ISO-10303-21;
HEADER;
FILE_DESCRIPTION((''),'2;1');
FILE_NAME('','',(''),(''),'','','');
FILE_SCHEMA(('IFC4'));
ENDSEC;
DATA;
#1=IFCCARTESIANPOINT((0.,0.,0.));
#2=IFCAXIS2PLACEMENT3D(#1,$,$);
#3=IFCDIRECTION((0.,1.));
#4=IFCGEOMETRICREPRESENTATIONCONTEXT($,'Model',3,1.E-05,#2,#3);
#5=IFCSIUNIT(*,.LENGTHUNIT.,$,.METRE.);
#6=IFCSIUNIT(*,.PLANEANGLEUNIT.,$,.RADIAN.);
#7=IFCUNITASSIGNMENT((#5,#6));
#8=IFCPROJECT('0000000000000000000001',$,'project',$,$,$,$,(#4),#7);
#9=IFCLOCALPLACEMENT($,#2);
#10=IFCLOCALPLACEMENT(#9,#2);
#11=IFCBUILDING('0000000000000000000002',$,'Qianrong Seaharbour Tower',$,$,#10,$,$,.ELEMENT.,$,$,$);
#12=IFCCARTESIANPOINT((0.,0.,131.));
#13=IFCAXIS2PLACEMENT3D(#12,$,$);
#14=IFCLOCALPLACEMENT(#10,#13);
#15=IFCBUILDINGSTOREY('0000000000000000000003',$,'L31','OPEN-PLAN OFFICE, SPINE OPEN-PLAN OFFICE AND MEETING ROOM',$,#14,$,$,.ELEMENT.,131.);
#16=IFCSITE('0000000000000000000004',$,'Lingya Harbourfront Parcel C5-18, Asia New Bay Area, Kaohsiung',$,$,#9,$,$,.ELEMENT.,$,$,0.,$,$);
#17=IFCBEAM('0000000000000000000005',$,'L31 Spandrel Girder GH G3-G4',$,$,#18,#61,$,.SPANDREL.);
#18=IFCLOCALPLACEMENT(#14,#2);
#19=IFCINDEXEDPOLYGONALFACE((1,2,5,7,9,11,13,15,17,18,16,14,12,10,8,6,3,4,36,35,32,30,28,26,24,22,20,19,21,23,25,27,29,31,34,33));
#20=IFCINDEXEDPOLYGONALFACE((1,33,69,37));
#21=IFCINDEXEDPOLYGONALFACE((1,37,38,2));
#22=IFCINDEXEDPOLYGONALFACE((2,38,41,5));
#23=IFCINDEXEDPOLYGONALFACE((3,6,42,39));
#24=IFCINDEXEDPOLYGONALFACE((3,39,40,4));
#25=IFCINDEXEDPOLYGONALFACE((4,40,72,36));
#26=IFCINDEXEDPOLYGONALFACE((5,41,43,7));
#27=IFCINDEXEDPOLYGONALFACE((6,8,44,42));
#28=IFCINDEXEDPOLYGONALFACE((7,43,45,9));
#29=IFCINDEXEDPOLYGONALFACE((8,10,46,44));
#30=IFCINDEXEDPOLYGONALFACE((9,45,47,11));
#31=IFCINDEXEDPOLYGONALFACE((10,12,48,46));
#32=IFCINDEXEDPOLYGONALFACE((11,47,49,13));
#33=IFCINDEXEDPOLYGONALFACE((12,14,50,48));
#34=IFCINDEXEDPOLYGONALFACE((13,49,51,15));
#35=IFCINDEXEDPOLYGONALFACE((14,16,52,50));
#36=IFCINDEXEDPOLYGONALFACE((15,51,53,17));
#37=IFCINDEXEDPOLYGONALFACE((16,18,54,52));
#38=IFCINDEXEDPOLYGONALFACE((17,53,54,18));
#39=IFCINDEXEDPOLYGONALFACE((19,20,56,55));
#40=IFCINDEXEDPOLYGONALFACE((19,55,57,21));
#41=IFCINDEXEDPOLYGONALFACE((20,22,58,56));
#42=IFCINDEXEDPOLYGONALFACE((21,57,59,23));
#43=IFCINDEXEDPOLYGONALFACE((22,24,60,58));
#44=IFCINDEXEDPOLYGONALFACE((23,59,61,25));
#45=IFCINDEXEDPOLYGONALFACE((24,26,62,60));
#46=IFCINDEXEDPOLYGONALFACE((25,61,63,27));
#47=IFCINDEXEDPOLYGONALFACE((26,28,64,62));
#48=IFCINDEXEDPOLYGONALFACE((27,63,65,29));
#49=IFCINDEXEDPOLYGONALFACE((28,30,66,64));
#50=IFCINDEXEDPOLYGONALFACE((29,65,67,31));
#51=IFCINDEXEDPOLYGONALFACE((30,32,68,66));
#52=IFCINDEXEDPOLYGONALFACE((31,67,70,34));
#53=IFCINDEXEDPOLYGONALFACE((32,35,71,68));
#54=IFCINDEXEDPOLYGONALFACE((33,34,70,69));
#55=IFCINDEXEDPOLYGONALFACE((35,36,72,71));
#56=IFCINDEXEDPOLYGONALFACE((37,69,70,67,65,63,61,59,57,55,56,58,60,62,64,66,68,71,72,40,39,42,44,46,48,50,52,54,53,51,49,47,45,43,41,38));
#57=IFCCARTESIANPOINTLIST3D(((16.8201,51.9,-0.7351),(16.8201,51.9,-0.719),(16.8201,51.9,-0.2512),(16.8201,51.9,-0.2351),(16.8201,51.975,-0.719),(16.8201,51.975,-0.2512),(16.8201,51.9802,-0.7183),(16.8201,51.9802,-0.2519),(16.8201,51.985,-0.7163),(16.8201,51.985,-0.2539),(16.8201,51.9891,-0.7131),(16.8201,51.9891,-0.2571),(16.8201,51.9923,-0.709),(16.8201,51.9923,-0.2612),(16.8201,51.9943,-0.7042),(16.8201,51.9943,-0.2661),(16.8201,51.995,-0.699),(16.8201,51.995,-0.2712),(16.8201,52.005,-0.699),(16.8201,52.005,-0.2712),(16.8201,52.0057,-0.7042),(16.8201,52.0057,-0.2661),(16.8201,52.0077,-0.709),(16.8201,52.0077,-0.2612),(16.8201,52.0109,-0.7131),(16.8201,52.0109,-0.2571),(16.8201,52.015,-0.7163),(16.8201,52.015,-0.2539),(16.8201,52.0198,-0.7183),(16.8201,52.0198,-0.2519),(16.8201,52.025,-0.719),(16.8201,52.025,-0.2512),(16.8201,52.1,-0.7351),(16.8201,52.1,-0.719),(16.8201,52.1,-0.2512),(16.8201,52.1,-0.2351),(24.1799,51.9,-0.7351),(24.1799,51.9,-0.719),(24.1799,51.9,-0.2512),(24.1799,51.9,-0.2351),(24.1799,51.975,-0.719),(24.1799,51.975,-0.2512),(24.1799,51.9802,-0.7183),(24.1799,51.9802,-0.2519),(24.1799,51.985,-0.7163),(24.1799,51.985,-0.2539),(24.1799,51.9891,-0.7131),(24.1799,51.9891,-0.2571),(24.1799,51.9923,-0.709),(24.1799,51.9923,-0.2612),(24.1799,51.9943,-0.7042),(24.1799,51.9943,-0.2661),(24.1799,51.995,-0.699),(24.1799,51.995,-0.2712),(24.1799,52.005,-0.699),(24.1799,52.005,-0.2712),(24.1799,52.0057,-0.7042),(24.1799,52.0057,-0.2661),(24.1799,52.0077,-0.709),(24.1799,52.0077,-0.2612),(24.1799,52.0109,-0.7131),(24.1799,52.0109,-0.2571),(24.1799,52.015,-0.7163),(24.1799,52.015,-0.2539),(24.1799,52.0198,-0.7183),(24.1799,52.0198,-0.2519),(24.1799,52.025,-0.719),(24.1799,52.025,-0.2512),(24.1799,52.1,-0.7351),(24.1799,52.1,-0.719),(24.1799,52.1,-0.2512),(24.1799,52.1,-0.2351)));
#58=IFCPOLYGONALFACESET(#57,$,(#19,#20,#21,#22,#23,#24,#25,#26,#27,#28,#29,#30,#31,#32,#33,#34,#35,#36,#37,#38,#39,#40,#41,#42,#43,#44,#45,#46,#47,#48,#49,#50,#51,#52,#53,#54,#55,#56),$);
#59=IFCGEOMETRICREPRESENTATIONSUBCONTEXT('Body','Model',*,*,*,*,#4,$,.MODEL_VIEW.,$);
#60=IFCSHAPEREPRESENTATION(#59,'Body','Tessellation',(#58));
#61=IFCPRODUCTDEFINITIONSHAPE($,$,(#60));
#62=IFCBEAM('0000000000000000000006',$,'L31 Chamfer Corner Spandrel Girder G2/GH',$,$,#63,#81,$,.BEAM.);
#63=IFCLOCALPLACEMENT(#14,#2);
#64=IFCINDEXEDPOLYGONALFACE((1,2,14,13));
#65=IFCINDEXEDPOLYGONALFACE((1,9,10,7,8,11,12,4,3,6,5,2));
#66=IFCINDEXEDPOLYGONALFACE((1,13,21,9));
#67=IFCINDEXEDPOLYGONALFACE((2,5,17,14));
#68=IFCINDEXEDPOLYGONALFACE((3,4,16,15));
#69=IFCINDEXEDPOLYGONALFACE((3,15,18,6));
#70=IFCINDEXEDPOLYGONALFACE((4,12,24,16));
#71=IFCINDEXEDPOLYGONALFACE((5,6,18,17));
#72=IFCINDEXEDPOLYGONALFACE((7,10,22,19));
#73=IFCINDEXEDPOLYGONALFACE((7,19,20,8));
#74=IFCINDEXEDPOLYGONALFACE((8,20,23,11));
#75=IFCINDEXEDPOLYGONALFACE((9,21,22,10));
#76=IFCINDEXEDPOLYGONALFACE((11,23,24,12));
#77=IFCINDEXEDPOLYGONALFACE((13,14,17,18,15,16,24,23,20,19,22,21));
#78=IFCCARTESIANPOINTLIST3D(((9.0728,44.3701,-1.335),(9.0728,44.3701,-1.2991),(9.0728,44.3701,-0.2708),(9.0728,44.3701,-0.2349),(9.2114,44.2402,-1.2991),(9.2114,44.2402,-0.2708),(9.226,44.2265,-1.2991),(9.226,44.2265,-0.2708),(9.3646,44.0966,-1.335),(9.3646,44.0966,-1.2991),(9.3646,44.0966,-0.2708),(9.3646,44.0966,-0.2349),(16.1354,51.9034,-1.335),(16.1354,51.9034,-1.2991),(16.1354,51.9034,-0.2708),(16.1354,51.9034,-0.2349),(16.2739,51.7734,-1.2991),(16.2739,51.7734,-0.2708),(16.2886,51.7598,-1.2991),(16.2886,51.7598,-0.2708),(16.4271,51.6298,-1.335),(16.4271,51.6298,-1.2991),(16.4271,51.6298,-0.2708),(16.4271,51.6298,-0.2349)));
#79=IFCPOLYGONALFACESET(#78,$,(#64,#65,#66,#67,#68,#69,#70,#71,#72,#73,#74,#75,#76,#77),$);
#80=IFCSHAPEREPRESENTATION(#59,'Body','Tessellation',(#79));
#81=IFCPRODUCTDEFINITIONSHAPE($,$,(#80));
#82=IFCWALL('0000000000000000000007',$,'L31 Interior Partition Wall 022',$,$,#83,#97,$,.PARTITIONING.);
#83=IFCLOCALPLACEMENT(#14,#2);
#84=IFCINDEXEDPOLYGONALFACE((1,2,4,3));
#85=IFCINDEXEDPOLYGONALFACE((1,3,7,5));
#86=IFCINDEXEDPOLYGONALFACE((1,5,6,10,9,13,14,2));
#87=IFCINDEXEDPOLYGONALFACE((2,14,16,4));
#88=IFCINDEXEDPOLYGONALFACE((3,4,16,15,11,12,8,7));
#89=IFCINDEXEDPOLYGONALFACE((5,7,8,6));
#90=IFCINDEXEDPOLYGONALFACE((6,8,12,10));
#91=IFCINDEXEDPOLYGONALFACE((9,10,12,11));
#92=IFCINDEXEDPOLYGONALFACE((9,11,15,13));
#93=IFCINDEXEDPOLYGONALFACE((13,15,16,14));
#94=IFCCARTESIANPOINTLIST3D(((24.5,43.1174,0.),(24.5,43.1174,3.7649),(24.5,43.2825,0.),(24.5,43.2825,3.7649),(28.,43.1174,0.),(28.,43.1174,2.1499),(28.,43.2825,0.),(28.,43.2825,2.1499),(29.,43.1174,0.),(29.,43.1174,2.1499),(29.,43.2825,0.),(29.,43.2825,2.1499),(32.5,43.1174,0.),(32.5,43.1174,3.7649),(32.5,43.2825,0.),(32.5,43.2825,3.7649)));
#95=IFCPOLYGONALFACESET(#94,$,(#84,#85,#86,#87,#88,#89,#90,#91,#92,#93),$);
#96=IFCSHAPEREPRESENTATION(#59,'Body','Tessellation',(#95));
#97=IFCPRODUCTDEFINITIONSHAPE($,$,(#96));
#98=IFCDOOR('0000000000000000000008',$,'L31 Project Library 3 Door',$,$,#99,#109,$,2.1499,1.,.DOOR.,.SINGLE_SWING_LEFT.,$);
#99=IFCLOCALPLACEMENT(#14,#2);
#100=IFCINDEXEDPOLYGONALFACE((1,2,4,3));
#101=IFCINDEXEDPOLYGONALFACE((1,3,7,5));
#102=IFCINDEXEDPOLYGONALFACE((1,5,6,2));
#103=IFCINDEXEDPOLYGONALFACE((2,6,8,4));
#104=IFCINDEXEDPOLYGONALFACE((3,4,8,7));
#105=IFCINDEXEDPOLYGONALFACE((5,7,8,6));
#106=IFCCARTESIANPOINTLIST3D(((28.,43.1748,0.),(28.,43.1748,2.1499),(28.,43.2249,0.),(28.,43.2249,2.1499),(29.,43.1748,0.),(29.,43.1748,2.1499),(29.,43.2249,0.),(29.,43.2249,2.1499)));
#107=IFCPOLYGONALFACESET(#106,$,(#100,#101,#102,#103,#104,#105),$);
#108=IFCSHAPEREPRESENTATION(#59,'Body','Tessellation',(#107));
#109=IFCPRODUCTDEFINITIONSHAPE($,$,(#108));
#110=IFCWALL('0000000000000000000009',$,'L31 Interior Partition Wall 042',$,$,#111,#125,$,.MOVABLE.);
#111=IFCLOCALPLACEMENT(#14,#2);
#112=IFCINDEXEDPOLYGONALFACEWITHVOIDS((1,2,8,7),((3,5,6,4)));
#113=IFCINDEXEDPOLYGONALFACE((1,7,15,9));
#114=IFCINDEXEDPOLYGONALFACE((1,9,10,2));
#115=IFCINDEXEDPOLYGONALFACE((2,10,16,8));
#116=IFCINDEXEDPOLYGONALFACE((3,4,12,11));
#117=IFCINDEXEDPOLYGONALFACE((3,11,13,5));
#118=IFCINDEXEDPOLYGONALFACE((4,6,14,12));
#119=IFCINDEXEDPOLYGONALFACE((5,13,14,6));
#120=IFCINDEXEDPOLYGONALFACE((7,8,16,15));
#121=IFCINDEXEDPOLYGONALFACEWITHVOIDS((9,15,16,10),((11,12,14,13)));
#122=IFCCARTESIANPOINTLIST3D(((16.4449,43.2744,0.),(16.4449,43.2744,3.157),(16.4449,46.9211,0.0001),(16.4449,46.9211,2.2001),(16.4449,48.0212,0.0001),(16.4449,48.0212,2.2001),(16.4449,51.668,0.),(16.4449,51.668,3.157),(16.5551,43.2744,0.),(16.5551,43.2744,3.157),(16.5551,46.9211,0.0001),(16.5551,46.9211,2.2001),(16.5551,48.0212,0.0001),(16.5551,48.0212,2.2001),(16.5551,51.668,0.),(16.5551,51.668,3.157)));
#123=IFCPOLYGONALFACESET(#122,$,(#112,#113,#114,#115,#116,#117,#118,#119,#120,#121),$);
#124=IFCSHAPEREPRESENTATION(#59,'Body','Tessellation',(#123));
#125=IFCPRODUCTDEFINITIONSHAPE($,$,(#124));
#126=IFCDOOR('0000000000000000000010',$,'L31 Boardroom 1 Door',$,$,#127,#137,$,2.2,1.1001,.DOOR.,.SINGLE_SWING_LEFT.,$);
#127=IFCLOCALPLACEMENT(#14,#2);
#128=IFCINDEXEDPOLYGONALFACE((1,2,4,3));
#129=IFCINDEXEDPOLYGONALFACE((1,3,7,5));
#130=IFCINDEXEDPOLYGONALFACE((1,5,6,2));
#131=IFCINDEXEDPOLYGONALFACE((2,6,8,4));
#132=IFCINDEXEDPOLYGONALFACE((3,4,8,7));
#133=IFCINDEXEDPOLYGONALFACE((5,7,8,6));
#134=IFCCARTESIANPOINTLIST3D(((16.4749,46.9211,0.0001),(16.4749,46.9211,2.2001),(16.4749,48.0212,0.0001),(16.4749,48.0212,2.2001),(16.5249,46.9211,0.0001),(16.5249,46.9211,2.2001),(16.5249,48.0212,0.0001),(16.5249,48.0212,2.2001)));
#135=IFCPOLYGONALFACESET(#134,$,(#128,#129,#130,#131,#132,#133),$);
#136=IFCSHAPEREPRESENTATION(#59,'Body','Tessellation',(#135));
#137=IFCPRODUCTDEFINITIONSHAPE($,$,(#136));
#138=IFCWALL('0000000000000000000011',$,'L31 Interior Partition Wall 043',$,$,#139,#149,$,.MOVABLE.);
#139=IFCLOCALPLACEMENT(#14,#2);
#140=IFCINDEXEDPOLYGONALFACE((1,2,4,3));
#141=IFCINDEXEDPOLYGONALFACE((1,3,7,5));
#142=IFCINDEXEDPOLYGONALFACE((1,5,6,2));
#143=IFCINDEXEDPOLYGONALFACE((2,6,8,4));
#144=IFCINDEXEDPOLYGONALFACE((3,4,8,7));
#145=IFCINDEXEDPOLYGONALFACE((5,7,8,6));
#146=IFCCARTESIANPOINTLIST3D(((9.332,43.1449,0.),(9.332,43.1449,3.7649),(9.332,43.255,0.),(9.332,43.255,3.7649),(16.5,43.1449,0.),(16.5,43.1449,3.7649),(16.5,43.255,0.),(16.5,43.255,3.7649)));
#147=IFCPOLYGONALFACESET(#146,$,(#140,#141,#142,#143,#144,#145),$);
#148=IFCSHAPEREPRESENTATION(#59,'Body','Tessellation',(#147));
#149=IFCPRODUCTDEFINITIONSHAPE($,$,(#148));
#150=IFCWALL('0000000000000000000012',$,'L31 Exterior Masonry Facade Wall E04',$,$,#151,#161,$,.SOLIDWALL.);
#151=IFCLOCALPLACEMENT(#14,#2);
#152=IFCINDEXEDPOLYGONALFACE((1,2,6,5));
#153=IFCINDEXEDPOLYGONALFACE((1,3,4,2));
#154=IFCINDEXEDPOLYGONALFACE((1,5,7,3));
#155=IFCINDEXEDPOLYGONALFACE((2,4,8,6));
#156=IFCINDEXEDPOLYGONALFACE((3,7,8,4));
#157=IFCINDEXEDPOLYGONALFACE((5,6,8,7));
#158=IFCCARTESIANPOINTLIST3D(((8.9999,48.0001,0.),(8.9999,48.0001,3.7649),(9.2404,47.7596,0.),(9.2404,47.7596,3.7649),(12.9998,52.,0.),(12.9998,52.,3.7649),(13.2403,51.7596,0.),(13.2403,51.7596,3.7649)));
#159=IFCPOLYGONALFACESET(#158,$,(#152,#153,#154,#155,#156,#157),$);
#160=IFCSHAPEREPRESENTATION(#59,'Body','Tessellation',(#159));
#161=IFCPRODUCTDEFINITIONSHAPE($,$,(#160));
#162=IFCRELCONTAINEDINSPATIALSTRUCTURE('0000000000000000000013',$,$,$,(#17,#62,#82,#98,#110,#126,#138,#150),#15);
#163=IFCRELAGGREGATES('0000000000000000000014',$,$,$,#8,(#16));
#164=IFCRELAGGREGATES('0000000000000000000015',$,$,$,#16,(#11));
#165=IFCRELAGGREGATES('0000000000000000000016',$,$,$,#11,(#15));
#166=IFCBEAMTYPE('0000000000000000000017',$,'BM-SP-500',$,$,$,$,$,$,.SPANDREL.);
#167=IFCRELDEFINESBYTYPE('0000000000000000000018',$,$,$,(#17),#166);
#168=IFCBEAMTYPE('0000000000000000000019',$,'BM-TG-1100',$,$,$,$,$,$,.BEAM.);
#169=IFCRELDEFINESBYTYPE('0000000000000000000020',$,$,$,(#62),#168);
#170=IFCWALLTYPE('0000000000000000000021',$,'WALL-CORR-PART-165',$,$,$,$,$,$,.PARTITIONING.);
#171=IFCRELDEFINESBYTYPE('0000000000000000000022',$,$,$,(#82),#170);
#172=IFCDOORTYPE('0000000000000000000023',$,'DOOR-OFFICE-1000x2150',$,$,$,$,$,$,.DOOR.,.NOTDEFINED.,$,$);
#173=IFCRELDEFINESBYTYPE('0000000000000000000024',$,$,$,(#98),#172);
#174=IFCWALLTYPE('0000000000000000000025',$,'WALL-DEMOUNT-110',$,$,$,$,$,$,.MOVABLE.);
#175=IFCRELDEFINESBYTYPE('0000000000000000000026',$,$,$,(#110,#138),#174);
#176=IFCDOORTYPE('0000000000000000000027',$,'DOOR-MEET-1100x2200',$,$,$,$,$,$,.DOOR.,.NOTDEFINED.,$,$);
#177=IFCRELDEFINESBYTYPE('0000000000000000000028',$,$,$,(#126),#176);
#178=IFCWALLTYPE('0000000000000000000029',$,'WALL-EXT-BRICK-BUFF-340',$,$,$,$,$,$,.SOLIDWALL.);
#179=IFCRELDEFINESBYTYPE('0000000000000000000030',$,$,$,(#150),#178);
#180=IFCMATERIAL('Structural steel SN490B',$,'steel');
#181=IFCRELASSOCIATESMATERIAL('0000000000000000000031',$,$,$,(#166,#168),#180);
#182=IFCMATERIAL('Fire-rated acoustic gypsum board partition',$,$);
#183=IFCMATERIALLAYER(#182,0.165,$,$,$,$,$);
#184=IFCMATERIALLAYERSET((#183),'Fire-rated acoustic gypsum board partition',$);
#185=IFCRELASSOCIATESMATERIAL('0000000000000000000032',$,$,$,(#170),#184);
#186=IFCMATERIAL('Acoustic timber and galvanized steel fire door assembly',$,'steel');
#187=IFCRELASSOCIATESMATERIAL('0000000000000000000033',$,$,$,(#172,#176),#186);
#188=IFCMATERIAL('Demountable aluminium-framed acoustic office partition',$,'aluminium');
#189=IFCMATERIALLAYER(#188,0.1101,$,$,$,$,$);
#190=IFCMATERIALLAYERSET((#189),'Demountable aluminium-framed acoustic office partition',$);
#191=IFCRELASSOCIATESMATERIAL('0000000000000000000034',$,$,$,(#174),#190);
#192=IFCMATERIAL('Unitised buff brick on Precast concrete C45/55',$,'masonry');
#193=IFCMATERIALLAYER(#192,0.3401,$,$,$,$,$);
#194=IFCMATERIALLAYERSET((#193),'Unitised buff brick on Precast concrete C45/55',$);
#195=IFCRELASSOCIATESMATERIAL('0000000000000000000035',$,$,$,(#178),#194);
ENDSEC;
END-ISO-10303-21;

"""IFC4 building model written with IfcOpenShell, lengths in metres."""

from ifc_helpers import new_model, si_unit, direction, frame, frame_2d, origin, origin_2d, place, context, subcontext, project, spatial, rectangle, i_section, extrude, material, layer, layer_set, material_profile, profile_set, type_object, element, fill, save


model = new_model("IFC4")

# Units and contexts
model_context = context("Model", 3, precision=1e-05, world=origin(), true_north=direction((0.0, 1.0)))
body_context = subcontext(model_context, "Body", "Model", "MODEL_VIEW")
ifc_project = project(units=[si_unit("LENGTHUNIT", "METRE"), si_unit("PLANEANGLEUNIT", "RADIAN")], contexts=[model_context])

# Site, building, storey
site_placement = place(None, origin())
site = spatial("IfcSite", under=ifc_project, at=site_placement, Name="Lingya Harbourfront Parcel C5-18, Asia New Bay Area, Kaohsiung", CompositionType="ELEMENT", RefElevation=0.0)
building_placement = place(site_placement, origin())
building = spatial("IfcBuilding", under=site, at=building_placement, Name="Qianrong Seaharbour Tower", CompositionType="ELEMENT")
storey_placement = place(building_placement, frame((0.0, 0.0, 131.0)))
storey = spatial("IfcBuildingStorey", under=building, at=storey_placement, Name="L31", Description="OPEN-PLAN OFFICE, SPINE OPEN-PLAN OFFICE AND MEETING ROOM", CompositionType="ELEMENT", Elevation=131.0)

# Shared definitions
ifc_material_1 = material(Name="Structural steel SN490B", Category="steel")

# Beams
ifc_material_profile_1 = material_profile(ifc_material_1, i_section(OverallWidth=0.2, OverallDepth=0.5, WebThickness=0.01, FlangeThickness=0.0161, FilletRadius=0.02, at=origin_2d()), Name="H500x200x10x16")
ifc_profile_set_1 = profile_set([ifc_material_profile_1], Name="Structural steel SN490B")
beam_type_1 = type_object("IfcBeamType", Name="BM-SP-500", PredefinedType="SPANDREL", material=ifc_profile_set_1)
beam_1_placement = place(storey_placement, frame((16.8201, 52.0, -0.4851), z_axis=(1.0, 0.0, 0.0), x_axis=(0.0, 1.0, 0.0)))
element("IfcBeam", 1, at=beam_1_placement, inside=storey, type_object=beam_type_1, Name="L31 Spandrel Girder GH G3-G4", PredefinedType="SPANDREL", context=body_context, shape_type="SweptSolid", body=[
    extrude(i_section(OverallWidth=0.2, OverallDepth=0.5, WebThickness=0.01, FlangeThickness=0.0161, FilletRadius=0.02, at=origin_2d()), origin(), (0.0, 0.0, 1.0), 7.3599),
])
ifc_material_profile_2 = material_profile(ifc_material_1, i_section(OverallWidth=0.3999, OverallDepth=1.1001, WebThickness=0.02, FlangeThickness=0.0359, at=origin_2d()), Name="BH1100x400x20x36")
ifc_profile_set_2 = profile_set([ifc_material_profile_2], Name="Structural steel SN490B")
beam_type_2 = type_object("IfcBeamType", Name="BM-TG-1100", PredefinedType="BEAM", material=ifc_profile_set_2)
beam_2_placement = place(storey_placement, frame((16.2812, 51.7666, -0.7849), z_axis=(-0.683947, -0.729531, 0.0), x_axis=(0.729531, -0.683947, 0.0)))
element("IfcBeam", 2, at=beam_2_placement, inside=storey, type_object=beam_type_2, Name="L31 Chamfer Corner Spandrel Girder G2/GH", PredefinedType="BEAM", context=body_context, shape_type="SweptSolid", body=[
    extrude(i_section(OverallWidth=0.3999, OverallDepth=1.1001, WebThickness=0.02, FlangeThickness=0.0359, at=origin_2d()), origin(), (0.0, 0.0, 1.0), 10.3262),
])

# Walls, openings, doors
ifc_material_2 = material(Name="Fire-rated acoustic gypsum board partition")
ifc_layer_1 = layer(ifc_material_2, 0.165)
ifc_layer_set_1 = layer_set([ifc_layer_1], Name="Fire-rated acoustic gypsum board partition")
wall_type_1 = type_object("IfcWallType", Name="WALL-CORR-PART-165", PredefinedType="PARTITIONING", material=ifc_layer_set_1)
wall_1_placement = place(storey_placement, frame((24.5, 43.2, 0.0), z_axis=(0.0, 0.0, 1.0), x_axis=(1.0, 0.0, 0.0)))
wall_1 = element("IfcWall", 3, at=wall_1_placement, inside=storey, type_object=wall_type_1, Name="L31 Interior Partition Wall 022", PredefinedType="PARTITIONING", context=body_context, shape_type="SweptSolid", body=[
    extrude(rectangle(XDim=8.0, YDim=0.165, at=frame_2d((4.0, 0.0))), origin(), (0.0, 0.0, 1.0), 3.7649),
])
opening_1_placement = place(wall_1_placement, frame((3.5, 0.0, 0.0)))
opening_1 = element("IfcOpeningElement", 4, at=opening_1_placement, cuts=wall_1, PredefinedType="OPENING", context=body_context, shape_type="SweptSolid", body=[
    extrude(rectangle(XDim=1.0, YDim=2.1499, at=frame_2d((0.5, 1.075))), frame((0.0, 0.0925, 0.0), z_axis=(0.0, -1.0, 0.0), x_axis=(1.0, 0.0, 0.0)), (0.0, 0.0, 1.0), 0.1851),
])
ifc_material_3 = material(Name="Acoustic timber and galvanized steel fire door assembly", Category="steel")
door_type_1 = type_object("IfcDoorType", Name="DOOR-OFFICE-1000x2150", OperationType="NOTDEFINED", PredefinedType="DOOR", material=ifc_material_3)
door_1_placement = place(opening_1_placement, origin())
door_1 = element("IfcDoor", 5, at=door_1_placement, inside=storey, type_object=door_type_1, Name="L31 Project Library 3 Door", OperationType="SINGLE_SWING_LEFT", OverallHeight=2.1499, OverallWidth=1.0, PredefinedType="DOOR", context=body_context, shape_type="SweptSolid", body=[
    extrude(rectangle(XDim=1.0, YDim=2.1499, at=frame_2d((0.5, 1.075))), frame((0.0, 0.0249, 0.0), z_axis=(0.0, -1.0, 0.0), x_axis=(1.0, 0.0, 0.0)), (0.0, 0.0, 1.0), 0.05),
])
fill(opening_1, door_1)
ifc_material_4 = material(Name="Demountable aluminium-framed acoustic office partition", Category="aluminium")
ifc_layer_2 = layer(ifc_material_4, 0.1101)
ifc_layer_set_2 = layer_set([ifc_layer_2], Name="Demountable aluminium-framed acoustic office partition")
wall_type_2 = type_object("IfcWallType", Name="WALL-DEMOUNT-110", PredefinedType="MOVABLE", material=ifc_layer_set_2)
wall_2_placement = place(storey_placement, frame((16.5, 51.668, 0.0), z_axis=(0.0, 0.0, 1.0), x_axis=(0.0, -1.0, 0.0)))
wall_2 = element("IfcWall", 6, at=wall_2_placement, inside=storey, type_object=wall_type_2, Name="L31 Interior Partition Wall 042", PredefinedType="MOVABLE", context=body_context, shape_type="SweptSolid", body=[
    extrude(rectangle(XDim=8.3936, YDim=0.1101, at=frame_2d((4.1968, 0.0))), origin(), (0.0, 0.0, 1.0), 3.157),
])
opening_2_placement = place(wall_2_placement, frame((3.6467, 0.0, 0.0)))
opening_2 = element("IfcOpeningElement", 7, at=opening_2_placement, cuts=wall_2, PredefinedType="OPENING", context=body_context, shape_type="SweptSolid", body=[
    extrude(rectangle(XDim=1.1001, YDim=2.2, at=frame_2d((0.55, 1.1001))), frame((0.0, 0.0649, 0.0), z_axis=(0.0, -1.0, 0.0), x_axis=(1.0, 0.0, 0.0)), (0.0, 0.0, 1.0), 0.1301),
])
door_type_2 = type_object("IfcDoorType", Name="DOOR-MEET-1100x2200", OperationType="NOTDEFINED", PredefinedType="DOOR", material=ifc_material_3)
door_2_placement = place(opening_2_placement, origin())
door_2 = element("IfcDoor", 8, at=door_2_placement, inside=storey, type_object=door_type_2, Name="L31 Boardroom 1 Door", OperationType="SINGLE_SWING_LEFT", OverallHeight=2.2, OverallWidth=1.1001, PredefinedType="DOOR", context=body_context, shape_type="SweptSolid", body=[
    extrude(rectangle(XDim=1.1001, YDim=2.2, at=frame_2d((0.55, 1.1001))), frame((0.0, 0.0249, 0.0), z_axis=(0.0, -1.0, 0.0), x_axis=(1.0, 0.0, 0.0)), (0.0, 0.0, 1.0), 0.05),
])
fill(opening_2, door_2)

# Walls
wall_3_placement = place(storey_placement, frame((16.5, 43.2, 0.0), z_axis=(0.0, 0.0, 1.0), x_axis=(-1.0, 0.0, 0.0)))
element("IfcWall", 9, at=wall_3_placement, inside=storey, type_object=wall_type_2, Name="L31 Interior Partition Wall 043", PredefinedType="MOVABLE", context=body_context, shape_type="SweptSolid", body=[
    extrude(rectangle(XDim=7.168, YDim=0.1101, at=frame_2d((3.584, 0.0))), origin(), (0.0, 0.0, 1.0), 3.7649),
])
ifc_material_5 = material(Name="Unitised buff brick on Precast concrete C45/55", Category="masonry")
ifc_layer_3 = layer(ifc_material_5, 0.3401)
ifc_layer_set_3 = layer_set([ifc_layer_3], Name="Unitised buff brick on Precast concrete C45/55")
wall_type_3 = type_object("IfcWallType", Name="WALL-EXT-BRICK-BUFF-340", PredefinedType="SOLIDWALL", material=ifc_layer_set_3)
wall_4_placement = place(storey_placement, frame((9.1201, 47.8799, 0.0), z_axis=(0.0, 0.0, 1.0), x_axis=(0.707107, 0.707107, 0.0)))
element("IfcWall", 10, at=wall_4_placement, inside=storey, type_object=wall_type_3, Name="L31 Exterior Masonry Facade Wall E04", PredefinedType="SOLIDWALL", context=body_context, shape_type="SweptSolid", body=[
    extrude(rectangle(XDim=5.6567, YDim=0.3401, at=frame_2d((2.8284, 0.0))), origin(), (0.0, 0.0, 1.0), 3.7649),
])

save(model, "model.ifc")
